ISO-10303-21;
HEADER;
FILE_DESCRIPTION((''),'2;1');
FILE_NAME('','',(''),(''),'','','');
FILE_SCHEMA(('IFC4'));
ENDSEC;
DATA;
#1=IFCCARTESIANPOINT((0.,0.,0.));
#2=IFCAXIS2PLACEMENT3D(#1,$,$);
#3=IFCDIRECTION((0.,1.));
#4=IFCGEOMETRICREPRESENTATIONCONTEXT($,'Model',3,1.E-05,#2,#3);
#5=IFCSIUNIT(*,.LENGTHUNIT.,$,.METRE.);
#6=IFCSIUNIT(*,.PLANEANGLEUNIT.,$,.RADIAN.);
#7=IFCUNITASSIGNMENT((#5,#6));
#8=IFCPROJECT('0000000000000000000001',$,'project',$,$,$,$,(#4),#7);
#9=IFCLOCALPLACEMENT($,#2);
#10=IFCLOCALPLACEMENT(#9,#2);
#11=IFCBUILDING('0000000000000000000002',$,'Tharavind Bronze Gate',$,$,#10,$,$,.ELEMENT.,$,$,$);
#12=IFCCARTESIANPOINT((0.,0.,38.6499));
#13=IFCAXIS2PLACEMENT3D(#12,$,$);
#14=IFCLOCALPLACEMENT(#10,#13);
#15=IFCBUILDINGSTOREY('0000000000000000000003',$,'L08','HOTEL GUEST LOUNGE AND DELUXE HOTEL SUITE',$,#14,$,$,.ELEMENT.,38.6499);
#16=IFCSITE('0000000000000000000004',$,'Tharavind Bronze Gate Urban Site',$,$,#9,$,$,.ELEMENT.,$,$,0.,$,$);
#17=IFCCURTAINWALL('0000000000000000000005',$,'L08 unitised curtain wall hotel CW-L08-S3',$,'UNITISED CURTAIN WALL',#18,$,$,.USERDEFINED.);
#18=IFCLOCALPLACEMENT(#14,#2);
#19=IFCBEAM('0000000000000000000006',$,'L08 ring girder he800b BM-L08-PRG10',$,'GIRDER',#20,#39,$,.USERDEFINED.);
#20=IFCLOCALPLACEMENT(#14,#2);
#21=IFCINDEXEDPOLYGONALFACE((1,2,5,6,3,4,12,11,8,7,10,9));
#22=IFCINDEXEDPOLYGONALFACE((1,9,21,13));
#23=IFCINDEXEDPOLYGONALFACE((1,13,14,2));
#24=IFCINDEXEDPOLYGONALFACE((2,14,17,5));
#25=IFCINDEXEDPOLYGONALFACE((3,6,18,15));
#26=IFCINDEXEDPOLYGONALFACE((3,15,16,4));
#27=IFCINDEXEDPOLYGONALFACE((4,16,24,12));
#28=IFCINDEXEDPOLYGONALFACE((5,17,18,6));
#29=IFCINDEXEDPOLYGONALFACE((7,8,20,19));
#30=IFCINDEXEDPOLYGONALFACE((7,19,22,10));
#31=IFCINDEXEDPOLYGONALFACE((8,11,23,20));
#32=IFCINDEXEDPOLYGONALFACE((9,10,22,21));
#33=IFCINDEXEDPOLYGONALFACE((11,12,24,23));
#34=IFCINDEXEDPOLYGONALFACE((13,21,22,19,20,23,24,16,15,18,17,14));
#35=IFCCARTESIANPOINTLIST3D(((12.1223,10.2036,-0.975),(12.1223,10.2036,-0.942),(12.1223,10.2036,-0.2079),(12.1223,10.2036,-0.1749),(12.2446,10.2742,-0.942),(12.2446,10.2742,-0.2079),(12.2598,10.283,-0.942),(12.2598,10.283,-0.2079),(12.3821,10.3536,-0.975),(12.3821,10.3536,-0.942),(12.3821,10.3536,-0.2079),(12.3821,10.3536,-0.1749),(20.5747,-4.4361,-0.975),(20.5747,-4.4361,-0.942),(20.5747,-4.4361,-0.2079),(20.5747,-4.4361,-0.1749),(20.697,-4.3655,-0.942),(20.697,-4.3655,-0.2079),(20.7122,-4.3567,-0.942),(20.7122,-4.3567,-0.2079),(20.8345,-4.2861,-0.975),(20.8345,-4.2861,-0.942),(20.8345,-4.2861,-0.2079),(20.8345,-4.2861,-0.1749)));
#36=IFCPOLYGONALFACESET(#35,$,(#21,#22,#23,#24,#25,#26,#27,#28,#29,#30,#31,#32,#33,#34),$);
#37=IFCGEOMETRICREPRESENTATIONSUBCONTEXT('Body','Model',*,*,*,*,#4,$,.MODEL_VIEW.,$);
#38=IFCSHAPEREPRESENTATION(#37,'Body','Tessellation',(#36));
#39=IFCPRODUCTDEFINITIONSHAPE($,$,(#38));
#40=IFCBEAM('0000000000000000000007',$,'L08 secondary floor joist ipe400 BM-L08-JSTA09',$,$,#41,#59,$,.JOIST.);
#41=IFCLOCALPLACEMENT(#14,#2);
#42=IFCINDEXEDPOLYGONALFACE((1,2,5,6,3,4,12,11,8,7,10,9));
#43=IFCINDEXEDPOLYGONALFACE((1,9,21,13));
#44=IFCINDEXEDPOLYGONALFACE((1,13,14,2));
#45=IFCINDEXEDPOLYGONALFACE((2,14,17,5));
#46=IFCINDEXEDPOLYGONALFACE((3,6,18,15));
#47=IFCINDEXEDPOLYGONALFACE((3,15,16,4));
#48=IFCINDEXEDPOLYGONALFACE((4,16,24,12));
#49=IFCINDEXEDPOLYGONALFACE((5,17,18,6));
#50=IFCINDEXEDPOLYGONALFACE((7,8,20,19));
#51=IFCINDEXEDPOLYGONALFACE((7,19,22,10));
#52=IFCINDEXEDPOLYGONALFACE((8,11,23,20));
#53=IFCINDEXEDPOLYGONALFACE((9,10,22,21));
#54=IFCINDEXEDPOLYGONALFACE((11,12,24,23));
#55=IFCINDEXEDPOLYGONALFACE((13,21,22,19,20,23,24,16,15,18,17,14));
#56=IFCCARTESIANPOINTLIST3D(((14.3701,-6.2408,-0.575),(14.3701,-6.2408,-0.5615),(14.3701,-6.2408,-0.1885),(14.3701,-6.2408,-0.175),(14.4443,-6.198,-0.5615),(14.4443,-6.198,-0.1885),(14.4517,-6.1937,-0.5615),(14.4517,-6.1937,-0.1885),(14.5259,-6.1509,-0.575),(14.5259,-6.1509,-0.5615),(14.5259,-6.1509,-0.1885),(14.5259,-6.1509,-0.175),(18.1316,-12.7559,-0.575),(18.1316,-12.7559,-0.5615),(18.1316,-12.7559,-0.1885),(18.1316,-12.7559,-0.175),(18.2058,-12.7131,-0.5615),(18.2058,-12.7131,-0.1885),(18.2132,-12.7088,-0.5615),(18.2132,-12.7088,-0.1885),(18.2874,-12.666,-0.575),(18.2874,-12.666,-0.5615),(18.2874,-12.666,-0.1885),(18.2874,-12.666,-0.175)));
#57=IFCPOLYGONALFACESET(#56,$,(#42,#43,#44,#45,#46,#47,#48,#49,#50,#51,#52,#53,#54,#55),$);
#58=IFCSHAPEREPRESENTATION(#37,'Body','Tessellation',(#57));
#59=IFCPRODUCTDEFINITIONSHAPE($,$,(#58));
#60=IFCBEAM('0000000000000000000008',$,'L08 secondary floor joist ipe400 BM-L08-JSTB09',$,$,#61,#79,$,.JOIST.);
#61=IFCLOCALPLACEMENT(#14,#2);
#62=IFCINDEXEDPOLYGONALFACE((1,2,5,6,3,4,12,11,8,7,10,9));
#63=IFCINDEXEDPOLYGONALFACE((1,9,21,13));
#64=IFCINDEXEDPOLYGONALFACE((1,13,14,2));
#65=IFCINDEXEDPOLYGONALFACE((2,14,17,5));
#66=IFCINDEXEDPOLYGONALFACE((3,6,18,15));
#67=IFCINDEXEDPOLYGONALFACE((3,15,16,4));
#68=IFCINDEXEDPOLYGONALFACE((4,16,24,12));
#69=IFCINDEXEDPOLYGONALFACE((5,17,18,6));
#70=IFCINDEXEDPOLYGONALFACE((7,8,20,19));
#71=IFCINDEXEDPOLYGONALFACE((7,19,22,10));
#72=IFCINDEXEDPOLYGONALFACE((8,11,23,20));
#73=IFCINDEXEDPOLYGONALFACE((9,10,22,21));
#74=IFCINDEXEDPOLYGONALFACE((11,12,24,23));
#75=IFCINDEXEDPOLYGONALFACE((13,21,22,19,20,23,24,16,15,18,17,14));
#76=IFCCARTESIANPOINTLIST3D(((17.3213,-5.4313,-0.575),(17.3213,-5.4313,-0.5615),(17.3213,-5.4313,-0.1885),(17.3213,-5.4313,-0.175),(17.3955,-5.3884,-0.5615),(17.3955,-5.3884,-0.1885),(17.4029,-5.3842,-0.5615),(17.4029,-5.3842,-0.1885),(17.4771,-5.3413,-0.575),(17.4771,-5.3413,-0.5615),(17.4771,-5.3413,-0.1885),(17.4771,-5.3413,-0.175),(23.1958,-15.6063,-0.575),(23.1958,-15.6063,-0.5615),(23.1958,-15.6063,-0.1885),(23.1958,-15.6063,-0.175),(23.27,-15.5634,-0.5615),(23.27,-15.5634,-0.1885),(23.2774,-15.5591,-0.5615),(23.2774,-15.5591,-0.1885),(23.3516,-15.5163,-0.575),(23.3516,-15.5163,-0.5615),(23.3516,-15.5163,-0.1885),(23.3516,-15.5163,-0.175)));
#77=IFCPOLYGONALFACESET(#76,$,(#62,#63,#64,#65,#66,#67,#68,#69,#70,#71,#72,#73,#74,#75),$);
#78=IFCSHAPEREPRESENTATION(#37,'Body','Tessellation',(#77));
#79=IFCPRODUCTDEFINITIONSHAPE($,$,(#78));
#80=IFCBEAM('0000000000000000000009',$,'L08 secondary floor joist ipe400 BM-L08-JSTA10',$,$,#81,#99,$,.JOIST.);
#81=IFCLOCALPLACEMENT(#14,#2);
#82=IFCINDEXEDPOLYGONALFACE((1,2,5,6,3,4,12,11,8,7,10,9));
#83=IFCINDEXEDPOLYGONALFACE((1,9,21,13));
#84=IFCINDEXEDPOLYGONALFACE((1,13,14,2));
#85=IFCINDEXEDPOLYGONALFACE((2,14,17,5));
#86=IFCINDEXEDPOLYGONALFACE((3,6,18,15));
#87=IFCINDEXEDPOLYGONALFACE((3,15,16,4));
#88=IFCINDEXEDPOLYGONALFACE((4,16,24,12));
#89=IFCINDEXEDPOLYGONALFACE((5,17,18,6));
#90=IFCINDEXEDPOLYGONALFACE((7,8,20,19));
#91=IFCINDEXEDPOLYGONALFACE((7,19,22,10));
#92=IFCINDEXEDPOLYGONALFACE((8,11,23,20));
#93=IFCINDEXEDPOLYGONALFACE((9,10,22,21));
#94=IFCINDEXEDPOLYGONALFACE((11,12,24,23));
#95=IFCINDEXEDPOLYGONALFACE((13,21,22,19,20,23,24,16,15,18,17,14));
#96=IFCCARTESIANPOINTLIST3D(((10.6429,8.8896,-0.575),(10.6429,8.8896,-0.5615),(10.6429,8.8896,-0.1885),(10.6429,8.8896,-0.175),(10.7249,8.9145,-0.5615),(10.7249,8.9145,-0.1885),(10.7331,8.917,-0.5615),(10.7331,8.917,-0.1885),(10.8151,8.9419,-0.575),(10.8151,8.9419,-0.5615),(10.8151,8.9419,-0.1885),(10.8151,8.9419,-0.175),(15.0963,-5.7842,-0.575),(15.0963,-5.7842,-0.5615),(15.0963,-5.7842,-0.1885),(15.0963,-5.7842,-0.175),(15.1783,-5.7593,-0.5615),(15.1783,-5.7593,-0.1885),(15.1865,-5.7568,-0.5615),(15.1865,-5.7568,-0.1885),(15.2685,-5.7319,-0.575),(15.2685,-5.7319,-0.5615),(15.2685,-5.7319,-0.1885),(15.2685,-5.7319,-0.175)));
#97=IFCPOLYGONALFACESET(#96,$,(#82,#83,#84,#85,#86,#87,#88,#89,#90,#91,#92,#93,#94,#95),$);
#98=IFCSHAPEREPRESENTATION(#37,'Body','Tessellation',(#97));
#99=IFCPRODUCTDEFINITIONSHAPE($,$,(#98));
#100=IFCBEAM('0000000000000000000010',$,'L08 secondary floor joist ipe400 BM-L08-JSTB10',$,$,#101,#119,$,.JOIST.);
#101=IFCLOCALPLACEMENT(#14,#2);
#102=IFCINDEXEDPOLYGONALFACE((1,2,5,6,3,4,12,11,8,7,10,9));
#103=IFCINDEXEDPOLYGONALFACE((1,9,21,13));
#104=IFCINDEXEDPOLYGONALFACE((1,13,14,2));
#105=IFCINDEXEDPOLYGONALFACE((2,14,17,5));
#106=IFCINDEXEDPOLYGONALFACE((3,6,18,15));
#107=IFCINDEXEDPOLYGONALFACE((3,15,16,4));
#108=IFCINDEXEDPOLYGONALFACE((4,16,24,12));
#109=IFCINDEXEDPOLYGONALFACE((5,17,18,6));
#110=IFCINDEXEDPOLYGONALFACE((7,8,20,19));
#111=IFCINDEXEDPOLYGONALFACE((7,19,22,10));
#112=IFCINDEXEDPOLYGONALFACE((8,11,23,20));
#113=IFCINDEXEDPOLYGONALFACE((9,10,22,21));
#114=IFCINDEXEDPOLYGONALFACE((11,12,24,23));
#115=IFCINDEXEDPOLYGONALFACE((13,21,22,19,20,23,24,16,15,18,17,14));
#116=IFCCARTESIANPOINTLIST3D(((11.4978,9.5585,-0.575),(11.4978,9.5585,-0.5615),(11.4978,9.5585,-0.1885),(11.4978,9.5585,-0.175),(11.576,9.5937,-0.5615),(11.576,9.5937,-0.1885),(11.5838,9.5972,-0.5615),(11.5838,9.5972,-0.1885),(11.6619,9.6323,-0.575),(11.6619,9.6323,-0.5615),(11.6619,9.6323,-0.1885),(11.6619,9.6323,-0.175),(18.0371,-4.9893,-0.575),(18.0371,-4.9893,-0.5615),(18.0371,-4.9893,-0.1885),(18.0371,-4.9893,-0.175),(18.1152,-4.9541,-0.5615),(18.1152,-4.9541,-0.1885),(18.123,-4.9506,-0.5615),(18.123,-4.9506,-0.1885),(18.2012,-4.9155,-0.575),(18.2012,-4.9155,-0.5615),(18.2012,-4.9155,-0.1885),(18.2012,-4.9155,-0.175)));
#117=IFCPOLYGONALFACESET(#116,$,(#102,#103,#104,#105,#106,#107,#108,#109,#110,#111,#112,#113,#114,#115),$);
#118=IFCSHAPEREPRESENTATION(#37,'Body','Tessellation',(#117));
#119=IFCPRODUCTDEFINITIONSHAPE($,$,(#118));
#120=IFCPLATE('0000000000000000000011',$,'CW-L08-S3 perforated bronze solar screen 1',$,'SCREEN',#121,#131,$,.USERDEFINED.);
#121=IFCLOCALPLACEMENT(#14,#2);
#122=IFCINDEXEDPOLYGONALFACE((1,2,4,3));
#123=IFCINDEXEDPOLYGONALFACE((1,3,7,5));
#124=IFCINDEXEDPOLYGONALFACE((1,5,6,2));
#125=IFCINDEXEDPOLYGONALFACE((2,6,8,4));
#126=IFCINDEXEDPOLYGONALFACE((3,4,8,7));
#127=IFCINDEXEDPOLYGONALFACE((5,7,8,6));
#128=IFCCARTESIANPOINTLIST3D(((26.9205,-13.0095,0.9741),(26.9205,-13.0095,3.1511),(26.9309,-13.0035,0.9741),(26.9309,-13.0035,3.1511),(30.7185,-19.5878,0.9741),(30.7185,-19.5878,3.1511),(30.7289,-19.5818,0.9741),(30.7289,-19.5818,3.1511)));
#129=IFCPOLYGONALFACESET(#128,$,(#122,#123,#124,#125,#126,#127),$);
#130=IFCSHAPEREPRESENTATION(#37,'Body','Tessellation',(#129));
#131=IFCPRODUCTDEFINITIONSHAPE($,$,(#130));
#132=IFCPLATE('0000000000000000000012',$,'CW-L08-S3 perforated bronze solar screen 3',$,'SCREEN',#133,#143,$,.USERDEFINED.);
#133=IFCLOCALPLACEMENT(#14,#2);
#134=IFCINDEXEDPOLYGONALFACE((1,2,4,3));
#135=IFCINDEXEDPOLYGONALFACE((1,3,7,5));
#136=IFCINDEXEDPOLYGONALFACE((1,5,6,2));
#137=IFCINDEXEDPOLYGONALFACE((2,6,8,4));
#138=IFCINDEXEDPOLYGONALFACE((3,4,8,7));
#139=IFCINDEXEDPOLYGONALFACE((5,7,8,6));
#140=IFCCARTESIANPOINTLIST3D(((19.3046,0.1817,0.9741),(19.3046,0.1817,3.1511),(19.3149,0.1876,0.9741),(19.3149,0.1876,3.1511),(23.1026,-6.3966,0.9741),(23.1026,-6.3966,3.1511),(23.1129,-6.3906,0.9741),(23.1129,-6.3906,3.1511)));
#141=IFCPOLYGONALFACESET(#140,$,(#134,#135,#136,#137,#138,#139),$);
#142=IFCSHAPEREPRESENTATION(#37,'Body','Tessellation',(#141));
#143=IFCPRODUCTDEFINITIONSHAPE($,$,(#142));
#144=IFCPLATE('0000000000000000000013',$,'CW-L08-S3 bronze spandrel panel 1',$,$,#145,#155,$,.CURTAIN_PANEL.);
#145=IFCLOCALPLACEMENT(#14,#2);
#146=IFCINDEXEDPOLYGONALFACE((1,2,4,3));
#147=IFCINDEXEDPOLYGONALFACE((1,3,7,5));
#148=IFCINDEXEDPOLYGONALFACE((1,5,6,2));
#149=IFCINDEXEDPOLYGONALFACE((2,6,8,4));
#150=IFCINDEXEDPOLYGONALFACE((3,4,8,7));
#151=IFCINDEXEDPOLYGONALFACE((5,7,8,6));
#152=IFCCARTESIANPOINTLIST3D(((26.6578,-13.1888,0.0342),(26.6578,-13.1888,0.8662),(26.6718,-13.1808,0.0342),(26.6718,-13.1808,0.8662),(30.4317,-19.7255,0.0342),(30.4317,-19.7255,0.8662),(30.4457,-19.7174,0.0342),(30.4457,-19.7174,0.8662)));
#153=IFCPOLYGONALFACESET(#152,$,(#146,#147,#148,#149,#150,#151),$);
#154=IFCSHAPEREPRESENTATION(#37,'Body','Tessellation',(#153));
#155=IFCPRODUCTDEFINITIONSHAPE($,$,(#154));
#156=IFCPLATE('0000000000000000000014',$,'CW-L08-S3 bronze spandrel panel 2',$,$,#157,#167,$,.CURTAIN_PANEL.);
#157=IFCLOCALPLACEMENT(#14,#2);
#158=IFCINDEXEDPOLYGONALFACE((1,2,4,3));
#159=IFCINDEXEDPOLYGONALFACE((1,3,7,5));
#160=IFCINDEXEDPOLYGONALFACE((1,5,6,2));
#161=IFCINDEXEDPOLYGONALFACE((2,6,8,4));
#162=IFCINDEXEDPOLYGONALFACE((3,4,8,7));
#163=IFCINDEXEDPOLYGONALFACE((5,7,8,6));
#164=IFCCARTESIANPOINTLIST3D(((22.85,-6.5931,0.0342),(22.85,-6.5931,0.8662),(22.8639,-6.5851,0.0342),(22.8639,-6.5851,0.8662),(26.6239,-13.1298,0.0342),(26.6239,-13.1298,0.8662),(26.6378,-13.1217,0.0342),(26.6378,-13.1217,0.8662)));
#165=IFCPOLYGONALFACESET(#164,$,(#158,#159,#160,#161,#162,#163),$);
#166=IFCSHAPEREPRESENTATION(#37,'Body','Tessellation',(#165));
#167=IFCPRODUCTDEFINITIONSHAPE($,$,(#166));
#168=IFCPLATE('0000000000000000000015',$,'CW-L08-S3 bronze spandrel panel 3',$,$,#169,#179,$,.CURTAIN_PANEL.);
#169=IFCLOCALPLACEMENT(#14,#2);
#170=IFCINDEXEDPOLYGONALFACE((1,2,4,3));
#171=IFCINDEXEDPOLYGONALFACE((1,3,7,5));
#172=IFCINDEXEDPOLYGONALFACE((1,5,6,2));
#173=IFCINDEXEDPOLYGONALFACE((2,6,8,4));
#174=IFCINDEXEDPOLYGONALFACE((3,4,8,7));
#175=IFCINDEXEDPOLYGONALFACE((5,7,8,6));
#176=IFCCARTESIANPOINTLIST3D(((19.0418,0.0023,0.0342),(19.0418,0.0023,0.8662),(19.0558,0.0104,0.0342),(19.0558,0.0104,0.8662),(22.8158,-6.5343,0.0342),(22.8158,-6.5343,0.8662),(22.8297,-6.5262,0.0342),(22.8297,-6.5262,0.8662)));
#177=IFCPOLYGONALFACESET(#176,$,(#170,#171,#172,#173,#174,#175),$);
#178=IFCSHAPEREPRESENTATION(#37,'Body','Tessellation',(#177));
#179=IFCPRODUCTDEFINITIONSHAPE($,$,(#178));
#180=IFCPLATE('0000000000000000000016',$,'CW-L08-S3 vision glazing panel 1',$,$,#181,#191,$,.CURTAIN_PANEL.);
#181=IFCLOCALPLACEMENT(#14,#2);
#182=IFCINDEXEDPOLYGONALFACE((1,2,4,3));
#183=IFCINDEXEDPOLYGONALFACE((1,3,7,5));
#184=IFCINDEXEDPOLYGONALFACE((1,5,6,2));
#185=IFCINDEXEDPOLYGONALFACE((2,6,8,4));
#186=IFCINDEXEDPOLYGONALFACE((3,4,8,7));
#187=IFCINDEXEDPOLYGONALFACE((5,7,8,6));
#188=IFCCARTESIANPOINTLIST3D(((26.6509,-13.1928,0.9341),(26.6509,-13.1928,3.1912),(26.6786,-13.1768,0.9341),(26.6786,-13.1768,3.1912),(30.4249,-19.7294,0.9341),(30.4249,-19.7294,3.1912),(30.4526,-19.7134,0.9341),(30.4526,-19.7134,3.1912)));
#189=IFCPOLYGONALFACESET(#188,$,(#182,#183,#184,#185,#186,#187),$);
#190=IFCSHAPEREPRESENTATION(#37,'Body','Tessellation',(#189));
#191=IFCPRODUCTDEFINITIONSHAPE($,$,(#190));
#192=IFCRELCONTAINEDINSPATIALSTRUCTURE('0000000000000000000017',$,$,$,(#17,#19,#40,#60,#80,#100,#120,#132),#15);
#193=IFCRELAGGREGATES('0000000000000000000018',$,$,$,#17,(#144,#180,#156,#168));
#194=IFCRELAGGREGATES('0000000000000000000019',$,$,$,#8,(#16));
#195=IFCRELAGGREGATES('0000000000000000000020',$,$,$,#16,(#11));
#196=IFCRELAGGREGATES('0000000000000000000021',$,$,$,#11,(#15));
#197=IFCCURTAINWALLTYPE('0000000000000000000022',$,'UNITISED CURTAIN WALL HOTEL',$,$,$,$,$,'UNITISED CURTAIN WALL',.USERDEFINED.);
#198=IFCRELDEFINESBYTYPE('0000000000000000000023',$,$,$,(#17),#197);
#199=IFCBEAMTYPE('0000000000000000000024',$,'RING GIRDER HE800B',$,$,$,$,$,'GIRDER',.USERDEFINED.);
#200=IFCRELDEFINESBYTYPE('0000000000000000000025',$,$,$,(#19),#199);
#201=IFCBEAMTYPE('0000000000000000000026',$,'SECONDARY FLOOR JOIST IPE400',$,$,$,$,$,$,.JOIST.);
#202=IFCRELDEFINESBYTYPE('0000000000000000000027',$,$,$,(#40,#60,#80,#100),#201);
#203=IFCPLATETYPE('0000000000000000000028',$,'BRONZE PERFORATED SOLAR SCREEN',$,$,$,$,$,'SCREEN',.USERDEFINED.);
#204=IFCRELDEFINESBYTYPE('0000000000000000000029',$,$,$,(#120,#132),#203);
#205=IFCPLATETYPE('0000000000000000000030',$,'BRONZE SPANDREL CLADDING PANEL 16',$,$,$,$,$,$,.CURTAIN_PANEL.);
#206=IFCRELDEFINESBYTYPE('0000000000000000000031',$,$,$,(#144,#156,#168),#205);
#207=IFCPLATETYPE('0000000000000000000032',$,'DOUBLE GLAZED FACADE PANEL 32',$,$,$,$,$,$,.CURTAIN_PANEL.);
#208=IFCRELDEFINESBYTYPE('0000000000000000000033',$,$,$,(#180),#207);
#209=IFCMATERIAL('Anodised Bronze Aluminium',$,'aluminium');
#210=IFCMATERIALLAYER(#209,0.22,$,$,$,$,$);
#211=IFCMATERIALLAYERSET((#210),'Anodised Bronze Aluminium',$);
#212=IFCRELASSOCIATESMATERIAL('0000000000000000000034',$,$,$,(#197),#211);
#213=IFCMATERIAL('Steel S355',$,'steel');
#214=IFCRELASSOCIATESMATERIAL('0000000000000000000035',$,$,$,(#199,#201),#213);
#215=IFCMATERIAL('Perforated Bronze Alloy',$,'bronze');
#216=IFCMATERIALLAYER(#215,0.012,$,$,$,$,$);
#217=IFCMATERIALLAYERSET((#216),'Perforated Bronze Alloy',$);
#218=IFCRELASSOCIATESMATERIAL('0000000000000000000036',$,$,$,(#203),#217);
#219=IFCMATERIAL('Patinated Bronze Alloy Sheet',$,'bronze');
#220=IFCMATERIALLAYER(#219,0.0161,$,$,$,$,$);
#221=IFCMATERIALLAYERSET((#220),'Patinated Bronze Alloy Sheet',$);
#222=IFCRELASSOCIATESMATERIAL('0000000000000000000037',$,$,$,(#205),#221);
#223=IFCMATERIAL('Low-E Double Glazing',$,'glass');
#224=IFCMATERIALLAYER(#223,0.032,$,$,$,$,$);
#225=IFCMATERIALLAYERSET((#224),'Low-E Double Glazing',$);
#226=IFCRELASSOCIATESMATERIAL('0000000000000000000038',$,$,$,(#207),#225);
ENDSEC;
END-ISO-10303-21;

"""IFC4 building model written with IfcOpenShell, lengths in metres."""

from ifc_helpers import new_model, si_unit, direction, frame, origin, origin_2d, place, context, subcontext, project, spatial, rectangle, i_section, extrude, material, layer, layer_set, material_profile, profile_set, type_object, element, aggregate, save


model = new_model("IFC4")

# Units and contexts
model_context = context("Model", 3, precision=1e-05, world=origin(), true_north=direction((0.0, 1.0)))
body_context = subcontext(model_context, "Body", "Model", "MODEL_VIEW")
ifc_project = project(units=[si_unit("LENGTHUNIT", "METRE"), si_unit("PLANEANGLEUNIT", "RADIAN")], contexts=[model_context])

# Site, building, storey
site_placement = place(None, origin())
site = spatial("IfcSite", under=ifc_project, at=site_placement, Name="Tharavind Bronze Gate Urban Site", CompositionType="ELEMENT", RefElevation=0.0)
building_placement = place(site_placement, origin())
building = spatial("IfcBuilding", under=site, at=building_placement, Name="Tharavind Bronze Gate", CompositionType="ELEMENT")
storey_placement = place(building_placement, frame((0.0, 0.0, 38.6499)))
storey = spatial("IfcBuildingStorey", under=building, at=storey_placement, Name="L08", Description="HOTEL GUEST LOUNGE AND DELUXE HOTEL SUITE", CompositionType="ELEMENT", Elevation=38.6499)

# Curtain wall
ifc_material_1 = material(Name="Anodised Bronze Aluminium", Category="aluminium")
ifc_layer_1 = layer(ifc_material_1, 0.22)
ifc_layer_set_1 = layer_set([ifc_layer_1], Name="Anodised Bronze Aluminium")
curtain_wall_type = type_object("IfcCurtainWallType", Name="UNITISED CURTAIN WALL HOTEL", ElementType="UNITISED CURTAIN WALL", PredefinedType="USERDEFINED", material=ifc_layer_set_1)
curtain_wall_placement = place(storey_placement, origin())
curtain_wall = element("IfcCurtainWall", 1, at=curtain_wall_placement, inside=storey, type_object=curtain_wall_type, Name="L08 unitised curtain wall hotel CW-L08-S3", ObjectType="UNITISED CURTAIN WALL", PredefinedType="USERDEFINED")

# Beams
ifc_material_2 = material(Name="Steel S355", Category="steel")
ifc_material_profile_1 = material_profile(ifc_material_2, i_section(OverallWidth=0.3, OverallDepth=0.8, WebThickness=0.0176, FlangeThickness=0.033, at=origin_2d()), Name="HE800B")
ifc_profile_set_1 = profile_set([ifc_material_profile_1], Name="Steel S355")
beam_type_1 = type_object("IfcBeamType", Name="RING GIRDER HE800B", ElementType="GIRDER", PredefinedType="USERDEFINED", material=ifc_profile_set_1)
beam_1_placement = place(storey_placement, frame((20.7046, -4.3611, -0.575), z_axis=(-0.500008, 0.866021, 0.0), x_axis=(-0.866021, -0.500008, 0.0)))
element("IfcBeam", 2, at=beam_1_placement, inside=storey, type_object=beam_type_1, Name="L08 ring girder he800b BM-L08-PRG10", ObjectType="GIRDER", PredefinedType="USERDEFINED", context=body_context, shape_type="SweptSolid", body=[
    extrude(i_section(OverallWidth=0.3, OverallDepth=0.8, WebThickness=0.0176, FlangeThickness=0.033, at=origin_2d()), origin(), (0.0, 0.0, 1.0), 16.9045),
])
ifc_material_profile_2 = material_profile(ifc_material_2, i_section(OverallWidth=0.1799, OverallDepth=0.3999, WebThickness=0.0085, FlangeThickness=0.0134, at=origin_2d()), Name="IPE400")
ifc_profile_set_2 = profile_set([ifc_material_profile_2], Name="Steel S355")
beam_type_2 = type_object("IfcBeamType", Name="SECONDARY FLOOR JOIST IPE400", PredefinedType="JOIST", material=ifc_profile_set_2)
beam_2_placement = place(storey_placement, frame((18.2095, -12.7109, -0.375), z_axis=(-0.499996, 0.866028, 0.0), x_axis=(-0.866028, -0.499996, 0.0)))
element("IfcBeam", 3, at=beam_2_placement, inside=storey, type_object=beam_type_2, Name="L08 secondary floor joist ipe400 BM-L08-JSTA09", PredefinedType="JOIST", context=body_context, shape_type="SweptSolid", body=[
    extrude(i_section(OverallWidth=0.1799, OverallDepth=0.3999, WebThickness=0.0085, FlangeThickness=0.0134, at=origin_2d()), origin(), (0.0, 0.0, 1.0), 7.5229),
])
beam_3_placement = place(storey_placement, frame((23.2737, -15.5613, -0.375), z_axis=(-0.499996, 0.866027, 0.0), x_axis=(-0.866027, -0.499996, 0.0)))
element("IfcBeam", 4, at=beam_3_placement, inside=storey, type_object=beam_type_2, Name="L08 secondary floor joist ipe400 BM-L08-JSTB09", PredefinedType="JOIST", context=body_context, shape_type="SweptSolid", body=[
    extrude(i_section(OverallWidth=0.1799, OverallDepth=0.3999, WebThickness=0.0085, FlangeThickness=0.0134, at=origin_2d()), origin(), (0.0, 0.0, 1.0), 11.749),
])
beam_4_placement = place(storey_placement, frame((15.1824, -5.7581, -0.375), z_axis=(-0.290411, 0.956902, 0.0), x_axis=(-0.956902, -0.290411, 0.0)))
element("IfcBeam", 5, at=beam_4_placement, inside=storey, type_object=beam_type_2, Name="L08 secondary floor joist ipe400 BM-L08-JSTA10", PredefinedType="JOIST", context=body_context, shape_type="SweptSolid", body=[
    extrude(i_section(OverallWidth=0.1799, OverallDepth=0.3999, WebThickness=0.0085, FlangeThickness=0.0134, at=origin_2d()), origin(), (0.0, 0.0, 1.0), 15.3347),
])
beam_5_placement = place(storey_placement, frame((18.1191, -4.9524, -0.375), z_axis=(-0.409988, 0.912091, 0.0), x_axis=(-0.912091, -0.409988, 0.0)))
element("IfcBeam", 6, at=beam_5_placement, inside=storey, type_object=beam_type_2, Name="L08 secondary floor joist ipe400 BM-L08-JSTB10", PredefinedType="JOIST", context=body_context, shape_type="SweptSolid", body=[
    extrude(i_section(OverallWidth=0.1799, OverallDepth=0.3999, WebThickness=0.0085, FlangeThickness=0.0134, at=origin_2d()), origin(), (0.0, 0.0, 1.0), 15.95),
])

# Plates
ifc_material_3 = material(Name="Perforated Bronze Alloy", Category="bronze")
ifc_layer_2 = layer(ifc_material_3, 0.012)
ifc_layer_set_2 = layer_set([ifc_layer_2], Name="Perforated Bronze Alloy")
plate_type_1 = type_object("IfcPlateType", Name="BRONZE PERFORATED SOLAR SCREEN", ElementType="SCREEN", PredefinedType="USERDEFINED", material=ifc_layer_set_2)
for number, where, z_axis, x_axis, name in (
    (7, (28.8247, -16.2957, 0.9741), (0.0, 0.0, 1.0), (-0.500002, 0.866025, 0.0), "CW-L08-S3 perforated bronze solar screen 1"),
    (8, (21.2087, -3.1045, 0.9741), (0.0, 0.0, 1.0), (-0.500002, 0.866025, 0.0), "CW-L08-S3 perforated bronze solar screen 3"),
):
    element("IfcPlate", number, at=place(storey_placement, frame(where, z_axis=z_axis, x_axis=x_axis)), inside=storey, type_object=plate_type_1, Name=name, ObjectType="SCREEN", PredefinedType="USERDEFINED", context=body_context, shape_type="SweptSolid", body=[
        extrude(rectangle(XDim=7.5959, YDim=0.012, at=origin_2d()), origin(), (0.0, 0.0, 1.0), 2.177),
    ])

# Plates
ifc_material_4 = material(Name="Patinated Bronze Alloy Sheet", Category="bronze")
ifc_layer_3 = layer(ifc_material_4, 0.0161)
ifc_layer_set_3 = layer_set([ifc_layer_3], Name="Patinated Bronze Alloy Sheet")
plate_type_2 = type_object("IfcPlateType", Name="BRONZE SPANDREL CLADDING PANEL 16", PredefinedType="CURTAIN_PANEL", material=ifc_layer_set_3)
plate_1_placement = place(storey_placement, frame((28.5518, -16.4531, 0.0342), z_axis=(0.0, 0.0, 1.0), x_axis=(-0.500002, 0.866025, 0.0)))
plate_1 = element("IfcPlate", 9, at=plate_1_placement, type_object=plate_type_2, Name="CW-L08-S3 bronze spandrel panel 1", PredefinedType="CURTAIN_PANEL", context=body_context, shape_type="SweptSolid", body=[
    extrude(rectangle(XDim=7.5479, YDim=0.0161, at=origin_2d()), origin(), (0.0, 0.0, 1.0), 0.832),
])
plate_2_placement = place(storey_placement, frame((24.7439, -9.8574, 0.0342), z_axis=(0.0, 0.0, 1.0), x_axis=(-0.500002, 0.866025, 0.0)))
plate_2 = element("IfcPlate", 10, at=plate_2_placement, type_object=plate_type_2, Name="CW-L08-S3 bronze spandrel panel 2", PredefinedType="CURTAIN_PANEL", context=body_context, shape_type="SweptSolid", body=[
    extrude(rectangle(XDim=7.5479, YDim=0.0161, at=origin_2d()), origin(), (0.0, 0.0, 1.0), 0.832),
])
plate_3_placement = place(storey_placement, frame((20.9358, -3.262, 0.0342), z_axis=(0.0, 0.0, 1.0), x_axis=(-0.500002, 0.866025, 0.0)))
plate_3 = element("IfcPlate", 11, at=plate_3_placement, type_object=plate_type_2, Name="CW-L08-S3 bronze spandrel panel 3", PredefinedType="CURTAIN_PANEL", context=body_context, shape_type="SweptSolid", body=[
    extrude(rectangle(XDim=7.5479, YDim=0.0161, at=origin_2d()), origin(), (0.0, 0.0, 1.0), 0.832),
])
ifc_material_5 = material(Name="Low-E Double Glazing", Category="glass")
ifc_layer_4 = layer(ifc_material_5, 0.032)
ifc_layer_set_4 = layer_set([ifc_layer_4], Name="Low-E Double Glazing")
plate_type_3 = type_object("IfcPlateType", Name="DOUBLE GLAZED FACADE PANEL 32", PredefinedType="CURTAIN_PANEL", material=ifc_layer_set_4)
plate_4_placement = place(storey_placement, frame((28.5518, -16.4531, 0.9341), z_axis=(0.0, 0.0, 1.0), x_axis=(-0.500002, 0.866025, 0.0)))
plate_4 = element("IfcPlate", 12, at=plate_4_placement, type_object=plate_type_3, Name="CW-L08-S3 vision glazing panel 1", PredefinedType="CURTAIN_PANEL", context=body_context, shape_type="SweptSolid", body=[
    extrude(rectangle(XDim=7.5479, YDim=0.032, at=origin_2d()), origin(), (0.0, 0.0, 1.0), 2.2571),
])
aggregate(curtain_wall, [plate_1, plate_4, plate_2, plate_3])

save(model, "model.ifc")
